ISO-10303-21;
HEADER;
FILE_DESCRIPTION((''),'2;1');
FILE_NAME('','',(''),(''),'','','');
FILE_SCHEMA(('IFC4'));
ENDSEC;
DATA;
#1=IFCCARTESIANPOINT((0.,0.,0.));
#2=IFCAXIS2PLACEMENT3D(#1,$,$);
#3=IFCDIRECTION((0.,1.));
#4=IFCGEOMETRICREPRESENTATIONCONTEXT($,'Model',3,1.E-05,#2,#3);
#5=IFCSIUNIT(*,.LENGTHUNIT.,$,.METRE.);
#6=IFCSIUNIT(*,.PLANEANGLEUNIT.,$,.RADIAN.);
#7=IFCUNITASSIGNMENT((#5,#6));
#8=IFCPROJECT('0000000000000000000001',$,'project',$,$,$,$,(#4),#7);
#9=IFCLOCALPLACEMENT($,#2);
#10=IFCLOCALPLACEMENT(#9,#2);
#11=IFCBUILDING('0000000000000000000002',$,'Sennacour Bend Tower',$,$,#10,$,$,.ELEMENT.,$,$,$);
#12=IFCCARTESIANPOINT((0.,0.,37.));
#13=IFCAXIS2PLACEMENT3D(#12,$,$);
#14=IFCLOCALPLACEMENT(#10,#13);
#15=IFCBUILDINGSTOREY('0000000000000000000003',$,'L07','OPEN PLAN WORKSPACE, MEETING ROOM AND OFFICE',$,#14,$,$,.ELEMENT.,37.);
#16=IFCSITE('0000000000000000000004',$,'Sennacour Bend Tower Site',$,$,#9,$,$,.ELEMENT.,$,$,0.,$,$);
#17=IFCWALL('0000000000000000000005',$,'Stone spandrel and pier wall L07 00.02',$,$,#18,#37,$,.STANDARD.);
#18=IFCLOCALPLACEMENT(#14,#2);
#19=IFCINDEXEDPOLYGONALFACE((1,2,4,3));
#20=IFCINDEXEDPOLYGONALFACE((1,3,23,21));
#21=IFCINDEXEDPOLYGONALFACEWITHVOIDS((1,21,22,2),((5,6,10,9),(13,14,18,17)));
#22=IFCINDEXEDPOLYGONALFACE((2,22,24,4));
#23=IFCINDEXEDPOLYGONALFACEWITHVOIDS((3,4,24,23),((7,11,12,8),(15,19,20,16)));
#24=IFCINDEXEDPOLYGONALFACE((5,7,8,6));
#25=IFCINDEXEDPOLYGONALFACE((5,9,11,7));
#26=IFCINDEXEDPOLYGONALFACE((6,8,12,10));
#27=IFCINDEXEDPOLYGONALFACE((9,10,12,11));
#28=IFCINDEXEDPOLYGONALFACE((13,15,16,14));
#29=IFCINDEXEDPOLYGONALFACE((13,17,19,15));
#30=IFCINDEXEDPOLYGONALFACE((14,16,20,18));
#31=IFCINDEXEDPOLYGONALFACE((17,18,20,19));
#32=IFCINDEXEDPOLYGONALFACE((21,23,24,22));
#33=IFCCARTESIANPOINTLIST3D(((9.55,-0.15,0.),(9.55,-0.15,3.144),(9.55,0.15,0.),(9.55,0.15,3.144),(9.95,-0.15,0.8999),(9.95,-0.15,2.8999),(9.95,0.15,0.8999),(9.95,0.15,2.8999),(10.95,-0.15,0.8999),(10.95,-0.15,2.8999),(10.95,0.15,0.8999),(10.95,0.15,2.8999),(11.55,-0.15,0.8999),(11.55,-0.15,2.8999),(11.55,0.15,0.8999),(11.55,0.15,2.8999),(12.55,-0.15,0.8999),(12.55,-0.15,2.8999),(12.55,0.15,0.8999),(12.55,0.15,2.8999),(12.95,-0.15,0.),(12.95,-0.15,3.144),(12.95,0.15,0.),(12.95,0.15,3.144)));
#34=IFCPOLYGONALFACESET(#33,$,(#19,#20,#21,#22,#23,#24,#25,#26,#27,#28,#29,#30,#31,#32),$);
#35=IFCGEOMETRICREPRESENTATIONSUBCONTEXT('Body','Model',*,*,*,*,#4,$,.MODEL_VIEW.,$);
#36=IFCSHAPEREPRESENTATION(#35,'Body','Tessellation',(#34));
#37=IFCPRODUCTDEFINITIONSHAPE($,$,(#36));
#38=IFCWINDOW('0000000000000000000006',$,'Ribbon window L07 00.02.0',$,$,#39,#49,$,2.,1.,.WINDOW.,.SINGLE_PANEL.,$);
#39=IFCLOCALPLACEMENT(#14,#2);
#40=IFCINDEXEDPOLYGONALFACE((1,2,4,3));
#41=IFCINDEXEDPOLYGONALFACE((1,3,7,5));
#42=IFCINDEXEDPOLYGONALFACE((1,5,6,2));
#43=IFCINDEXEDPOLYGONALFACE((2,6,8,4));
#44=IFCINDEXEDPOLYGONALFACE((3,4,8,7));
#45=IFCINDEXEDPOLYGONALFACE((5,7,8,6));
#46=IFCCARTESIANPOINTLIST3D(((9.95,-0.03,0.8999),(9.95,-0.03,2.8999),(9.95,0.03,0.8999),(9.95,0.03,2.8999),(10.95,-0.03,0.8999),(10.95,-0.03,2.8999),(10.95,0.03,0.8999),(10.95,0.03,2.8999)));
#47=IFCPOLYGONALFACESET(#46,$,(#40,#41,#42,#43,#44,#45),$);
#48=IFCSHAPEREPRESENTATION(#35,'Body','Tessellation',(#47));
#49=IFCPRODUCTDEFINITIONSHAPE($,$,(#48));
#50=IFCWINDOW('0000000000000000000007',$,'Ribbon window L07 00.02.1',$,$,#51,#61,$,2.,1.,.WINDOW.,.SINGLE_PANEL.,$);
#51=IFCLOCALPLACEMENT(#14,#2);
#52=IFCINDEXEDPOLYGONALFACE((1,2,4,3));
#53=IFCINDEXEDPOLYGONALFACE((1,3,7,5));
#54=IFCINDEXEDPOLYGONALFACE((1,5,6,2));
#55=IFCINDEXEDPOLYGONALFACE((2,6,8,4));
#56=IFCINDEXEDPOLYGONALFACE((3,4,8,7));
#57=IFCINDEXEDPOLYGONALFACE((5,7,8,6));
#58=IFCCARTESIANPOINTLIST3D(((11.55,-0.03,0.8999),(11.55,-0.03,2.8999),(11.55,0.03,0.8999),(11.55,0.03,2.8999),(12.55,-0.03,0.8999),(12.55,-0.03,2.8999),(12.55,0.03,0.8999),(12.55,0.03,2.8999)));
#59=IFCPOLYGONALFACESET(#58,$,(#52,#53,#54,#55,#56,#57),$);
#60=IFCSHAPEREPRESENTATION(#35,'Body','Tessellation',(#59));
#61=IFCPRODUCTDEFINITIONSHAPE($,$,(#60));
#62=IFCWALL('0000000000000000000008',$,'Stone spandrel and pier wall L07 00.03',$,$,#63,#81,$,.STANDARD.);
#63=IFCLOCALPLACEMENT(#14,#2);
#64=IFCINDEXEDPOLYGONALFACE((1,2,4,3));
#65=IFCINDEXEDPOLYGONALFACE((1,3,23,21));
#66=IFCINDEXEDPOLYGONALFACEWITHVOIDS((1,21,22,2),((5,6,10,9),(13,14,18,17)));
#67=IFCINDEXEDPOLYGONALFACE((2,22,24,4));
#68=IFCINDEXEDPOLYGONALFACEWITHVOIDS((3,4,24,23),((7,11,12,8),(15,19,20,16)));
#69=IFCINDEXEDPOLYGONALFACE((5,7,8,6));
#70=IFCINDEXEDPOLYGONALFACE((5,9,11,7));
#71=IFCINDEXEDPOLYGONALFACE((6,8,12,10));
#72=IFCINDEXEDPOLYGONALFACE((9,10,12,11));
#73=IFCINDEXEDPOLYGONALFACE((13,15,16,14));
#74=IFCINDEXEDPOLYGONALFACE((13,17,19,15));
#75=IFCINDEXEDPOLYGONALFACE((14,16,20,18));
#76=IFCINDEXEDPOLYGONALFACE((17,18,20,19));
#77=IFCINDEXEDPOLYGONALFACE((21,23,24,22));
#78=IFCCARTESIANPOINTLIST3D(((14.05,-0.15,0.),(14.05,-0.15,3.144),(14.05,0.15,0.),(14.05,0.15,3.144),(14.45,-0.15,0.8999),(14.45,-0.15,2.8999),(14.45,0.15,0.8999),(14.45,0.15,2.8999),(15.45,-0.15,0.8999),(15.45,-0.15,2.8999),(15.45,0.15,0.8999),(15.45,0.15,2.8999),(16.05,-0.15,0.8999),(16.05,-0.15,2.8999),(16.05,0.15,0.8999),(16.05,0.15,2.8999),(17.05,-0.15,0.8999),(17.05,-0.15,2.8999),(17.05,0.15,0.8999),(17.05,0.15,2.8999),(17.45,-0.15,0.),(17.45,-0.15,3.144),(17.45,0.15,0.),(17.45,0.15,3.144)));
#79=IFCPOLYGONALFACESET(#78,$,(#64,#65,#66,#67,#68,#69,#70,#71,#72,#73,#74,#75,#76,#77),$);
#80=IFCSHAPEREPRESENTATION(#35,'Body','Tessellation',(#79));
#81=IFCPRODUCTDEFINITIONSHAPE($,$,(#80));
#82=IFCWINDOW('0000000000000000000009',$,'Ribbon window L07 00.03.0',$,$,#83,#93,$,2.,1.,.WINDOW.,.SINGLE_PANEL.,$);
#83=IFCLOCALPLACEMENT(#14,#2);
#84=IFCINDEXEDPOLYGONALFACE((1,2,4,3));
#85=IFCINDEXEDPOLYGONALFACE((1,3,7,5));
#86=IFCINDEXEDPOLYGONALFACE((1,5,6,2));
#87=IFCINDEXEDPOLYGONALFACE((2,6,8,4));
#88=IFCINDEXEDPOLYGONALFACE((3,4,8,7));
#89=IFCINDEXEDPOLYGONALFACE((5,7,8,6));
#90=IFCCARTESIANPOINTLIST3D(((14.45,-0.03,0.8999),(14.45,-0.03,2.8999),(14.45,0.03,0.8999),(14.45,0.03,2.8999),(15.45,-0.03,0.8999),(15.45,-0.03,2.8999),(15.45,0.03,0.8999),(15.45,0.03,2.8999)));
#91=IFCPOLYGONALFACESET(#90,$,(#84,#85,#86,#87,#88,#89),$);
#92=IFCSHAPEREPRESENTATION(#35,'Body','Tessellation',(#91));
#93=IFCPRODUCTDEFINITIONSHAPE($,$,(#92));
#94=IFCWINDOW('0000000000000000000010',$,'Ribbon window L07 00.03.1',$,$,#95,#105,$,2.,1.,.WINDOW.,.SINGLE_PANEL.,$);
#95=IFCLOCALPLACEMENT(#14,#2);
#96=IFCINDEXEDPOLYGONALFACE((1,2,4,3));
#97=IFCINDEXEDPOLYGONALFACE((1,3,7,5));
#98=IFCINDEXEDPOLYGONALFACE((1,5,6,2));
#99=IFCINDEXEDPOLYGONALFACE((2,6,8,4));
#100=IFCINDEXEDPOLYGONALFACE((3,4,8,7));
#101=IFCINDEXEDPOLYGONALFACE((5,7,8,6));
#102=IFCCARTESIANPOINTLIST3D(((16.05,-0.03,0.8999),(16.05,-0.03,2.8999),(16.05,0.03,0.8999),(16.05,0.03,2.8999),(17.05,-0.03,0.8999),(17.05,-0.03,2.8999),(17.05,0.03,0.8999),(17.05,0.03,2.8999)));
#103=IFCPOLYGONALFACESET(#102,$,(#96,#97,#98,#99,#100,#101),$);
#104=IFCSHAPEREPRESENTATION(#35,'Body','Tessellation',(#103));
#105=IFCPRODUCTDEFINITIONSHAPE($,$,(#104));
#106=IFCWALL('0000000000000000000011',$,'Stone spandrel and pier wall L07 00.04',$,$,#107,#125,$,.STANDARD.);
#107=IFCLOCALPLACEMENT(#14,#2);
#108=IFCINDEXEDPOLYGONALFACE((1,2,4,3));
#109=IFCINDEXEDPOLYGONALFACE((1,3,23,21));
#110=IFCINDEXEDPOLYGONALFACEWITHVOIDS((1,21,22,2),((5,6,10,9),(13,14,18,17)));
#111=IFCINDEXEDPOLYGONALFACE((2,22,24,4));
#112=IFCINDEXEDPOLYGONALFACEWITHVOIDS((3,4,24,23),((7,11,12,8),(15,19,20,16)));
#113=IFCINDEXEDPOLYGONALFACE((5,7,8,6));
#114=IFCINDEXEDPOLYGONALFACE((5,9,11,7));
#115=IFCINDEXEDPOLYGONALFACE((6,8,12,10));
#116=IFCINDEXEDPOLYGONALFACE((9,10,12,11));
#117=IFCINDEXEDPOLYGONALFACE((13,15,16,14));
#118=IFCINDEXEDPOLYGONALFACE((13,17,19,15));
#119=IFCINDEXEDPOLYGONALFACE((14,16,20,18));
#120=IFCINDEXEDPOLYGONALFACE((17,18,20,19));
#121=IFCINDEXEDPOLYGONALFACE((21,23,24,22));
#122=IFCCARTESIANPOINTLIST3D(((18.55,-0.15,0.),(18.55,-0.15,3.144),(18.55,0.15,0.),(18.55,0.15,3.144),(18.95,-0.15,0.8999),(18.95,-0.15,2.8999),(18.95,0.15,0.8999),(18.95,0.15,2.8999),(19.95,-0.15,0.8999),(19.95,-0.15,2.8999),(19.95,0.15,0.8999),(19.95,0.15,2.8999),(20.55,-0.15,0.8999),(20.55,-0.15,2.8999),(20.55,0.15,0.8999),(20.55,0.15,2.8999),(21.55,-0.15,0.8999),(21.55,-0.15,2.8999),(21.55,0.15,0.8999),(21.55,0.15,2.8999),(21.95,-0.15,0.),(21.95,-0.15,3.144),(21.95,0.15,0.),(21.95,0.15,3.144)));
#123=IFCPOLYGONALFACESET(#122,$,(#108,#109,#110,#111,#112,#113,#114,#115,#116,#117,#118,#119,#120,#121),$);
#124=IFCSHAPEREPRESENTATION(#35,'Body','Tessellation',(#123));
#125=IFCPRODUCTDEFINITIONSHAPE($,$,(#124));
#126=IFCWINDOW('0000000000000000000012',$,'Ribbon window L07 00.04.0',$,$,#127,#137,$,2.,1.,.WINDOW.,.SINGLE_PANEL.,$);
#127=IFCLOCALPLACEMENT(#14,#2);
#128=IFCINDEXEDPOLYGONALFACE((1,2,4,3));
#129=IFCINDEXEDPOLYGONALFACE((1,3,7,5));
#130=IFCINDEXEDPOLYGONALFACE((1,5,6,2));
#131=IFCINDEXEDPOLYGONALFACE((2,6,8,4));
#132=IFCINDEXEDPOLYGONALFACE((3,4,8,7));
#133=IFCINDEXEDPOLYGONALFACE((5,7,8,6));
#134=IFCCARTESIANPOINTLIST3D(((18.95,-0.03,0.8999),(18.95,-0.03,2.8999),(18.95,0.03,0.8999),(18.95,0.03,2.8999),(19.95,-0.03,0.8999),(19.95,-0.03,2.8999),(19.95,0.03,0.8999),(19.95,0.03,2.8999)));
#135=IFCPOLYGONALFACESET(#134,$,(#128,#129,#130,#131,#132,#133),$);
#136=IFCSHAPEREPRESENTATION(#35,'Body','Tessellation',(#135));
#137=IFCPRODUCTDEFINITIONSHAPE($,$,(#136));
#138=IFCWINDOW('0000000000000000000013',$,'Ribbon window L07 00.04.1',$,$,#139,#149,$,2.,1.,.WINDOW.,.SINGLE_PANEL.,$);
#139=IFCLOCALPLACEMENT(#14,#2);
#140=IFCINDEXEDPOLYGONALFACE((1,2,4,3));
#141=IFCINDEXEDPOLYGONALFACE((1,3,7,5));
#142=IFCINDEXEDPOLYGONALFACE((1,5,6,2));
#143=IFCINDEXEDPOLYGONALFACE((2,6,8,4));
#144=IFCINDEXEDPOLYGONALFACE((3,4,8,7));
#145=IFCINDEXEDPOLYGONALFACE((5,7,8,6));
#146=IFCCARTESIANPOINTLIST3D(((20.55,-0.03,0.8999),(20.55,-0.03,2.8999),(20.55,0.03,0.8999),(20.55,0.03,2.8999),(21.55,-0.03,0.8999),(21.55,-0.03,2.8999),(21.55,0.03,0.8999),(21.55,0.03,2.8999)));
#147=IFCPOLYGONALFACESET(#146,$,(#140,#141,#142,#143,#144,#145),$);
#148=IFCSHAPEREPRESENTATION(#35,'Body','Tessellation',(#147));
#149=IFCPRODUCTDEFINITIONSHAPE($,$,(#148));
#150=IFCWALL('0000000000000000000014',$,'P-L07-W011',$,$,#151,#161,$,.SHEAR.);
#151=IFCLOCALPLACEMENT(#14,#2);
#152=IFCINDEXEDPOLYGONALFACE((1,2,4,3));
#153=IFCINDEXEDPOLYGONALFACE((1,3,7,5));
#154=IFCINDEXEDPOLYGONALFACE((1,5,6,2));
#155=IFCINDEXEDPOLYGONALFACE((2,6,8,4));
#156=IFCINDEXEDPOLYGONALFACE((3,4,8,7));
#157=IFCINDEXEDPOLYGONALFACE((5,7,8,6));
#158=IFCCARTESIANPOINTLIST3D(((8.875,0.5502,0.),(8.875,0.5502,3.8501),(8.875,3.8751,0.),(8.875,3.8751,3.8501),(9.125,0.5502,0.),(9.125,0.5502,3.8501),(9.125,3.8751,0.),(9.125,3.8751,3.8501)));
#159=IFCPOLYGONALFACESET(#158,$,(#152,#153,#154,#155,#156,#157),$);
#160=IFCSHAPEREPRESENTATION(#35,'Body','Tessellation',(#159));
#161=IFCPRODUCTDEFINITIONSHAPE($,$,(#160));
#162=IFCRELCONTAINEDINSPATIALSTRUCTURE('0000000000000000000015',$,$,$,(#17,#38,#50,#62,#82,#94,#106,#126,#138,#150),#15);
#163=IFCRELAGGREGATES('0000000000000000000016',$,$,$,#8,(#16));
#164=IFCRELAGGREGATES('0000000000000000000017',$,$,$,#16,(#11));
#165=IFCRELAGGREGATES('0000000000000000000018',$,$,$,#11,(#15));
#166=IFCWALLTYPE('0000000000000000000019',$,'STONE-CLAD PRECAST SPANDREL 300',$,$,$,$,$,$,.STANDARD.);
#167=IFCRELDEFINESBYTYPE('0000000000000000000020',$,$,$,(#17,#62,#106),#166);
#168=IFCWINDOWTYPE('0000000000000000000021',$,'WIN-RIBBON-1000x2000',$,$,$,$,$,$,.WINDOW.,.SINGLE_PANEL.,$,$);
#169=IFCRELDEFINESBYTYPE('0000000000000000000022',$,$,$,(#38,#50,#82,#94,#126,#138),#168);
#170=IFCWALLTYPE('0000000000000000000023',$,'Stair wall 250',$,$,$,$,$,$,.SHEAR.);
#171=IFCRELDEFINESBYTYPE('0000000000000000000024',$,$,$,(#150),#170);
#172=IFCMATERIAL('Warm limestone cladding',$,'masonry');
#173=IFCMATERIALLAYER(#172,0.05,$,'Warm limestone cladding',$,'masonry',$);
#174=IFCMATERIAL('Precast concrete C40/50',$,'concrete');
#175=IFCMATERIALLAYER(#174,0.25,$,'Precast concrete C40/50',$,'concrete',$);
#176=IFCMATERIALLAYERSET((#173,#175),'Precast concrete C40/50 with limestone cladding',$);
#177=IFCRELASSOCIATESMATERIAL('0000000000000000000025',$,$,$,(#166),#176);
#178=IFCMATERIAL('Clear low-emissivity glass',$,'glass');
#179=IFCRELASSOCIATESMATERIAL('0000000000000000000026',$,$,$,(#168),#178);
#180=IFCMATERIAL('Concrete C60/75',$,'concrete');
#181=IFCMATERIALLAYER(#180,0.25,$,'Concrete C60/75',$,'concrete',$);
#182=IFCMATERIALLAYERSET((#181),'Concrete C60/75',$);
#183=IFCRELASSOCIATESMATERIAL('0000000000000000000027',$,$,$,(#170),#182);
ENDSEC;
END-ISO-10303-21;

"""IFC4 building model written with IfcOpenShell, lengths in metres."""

from ifc_helpers import new_model, si_unit, direction, frame, frame_2d, origin, place, context, subcontext, project, spatial, rectangle, extrude, material, layer, layer_set, type_object, element, fill, save


model = new_model("IFC4")

# Units and contexts
model_context = context("Model", 3, precision=1e-05, world=origin(), true_north=direction((0.0, 1.0)))
body_context = subcontext(model_context, "Body", "Model", "MODEL_VIEW")
ifc_project = project(units=[si_unit("LENGTHUNIT", "METRE"), si_unit("PLANEANGLEUNIT", "RADIAN")], contexts=[model_context])

# Site, building, storey
site_placement = place(None, origin())
site = spatial("IfcSite", under=ifc_project, at=site_placement, Name="Sennacour Bend Tower Site", CompositionType="ELEMENT", RefElevation=0.0)
building_placement = place(site_placement, origin())
building = spatial("IfcBuilding", under=site, at=building_placement, Name="Sennacour Bend Tower", CompositionType="ELEMENT")
storey_placement = place(building_placement, frame((0.0, 0.0, 37.0)))
storey = spatial("IfcBuildingStorey", under=building, at=storey_placement, Name="L07", Description="OPEN PLAN WORKSPACE, MEETING ROOM AND OFFICE", CompositionType="ELEMENT", Elevation=37.0)

# Walls, openings, windows
ifc_material_1 = material(Name="Warm limestone cladding", Category="masonry")
ifc_layer_1 = layer(ifc_material_1, 0.05, Name="Warm limestone cladding", Category="masonry")
ifc_material_2 = material(Name="Precast concrete C40/50", Category="concrete")
ifc_layer_2 = layer(ifc_material_2, 0.25, Name="Precast concrete C40/50", Category="concrete")
ifc_layer_set_1 = layer_set([ifc_layer_1, ifc_layer_2], Name="Precast concrete C40/50 with limestone cladding")
wall_type_1 = type_object("IfcWallType", Name="STONE-CLAD PRECAST SPANDREL 300", PredefinedType="STANDARD", material=ifc_layer_set_1)
ifc_material_3 = material(Name="Clear low-emissivity glass", Category="glass")
window_type = type_object("IfcWindowType", Name="WIN-RIBBON-1000x2000", PartitioningType="SINGLE_PANEL", PredefinedType="WINDOW", material=ifc_material_3)
wall_1_placement = place(storey_placement, frame((9.55, 0.0, 0.0), z_axis=(0.0, 0.0, 1.0), x_axis=(1.0, 0.0, 0.0)))
wall_1 = element("IfcWall", 1, at=wall_1_placement, inside=storey, type_object=wall_type_1, Name="Stone spandrel and pier wall L07 00.02", PredefinedType="STANDARD", context=body_context, shape_type="SweptSolid", body=[
    extrude(rectangle(XDim=3.3999, YDim=0.3, at=frame_2d((1.7, 0.0))), origin(), (0.0, 0.0, 1.0), 3.144),
])
opening_1_placement = place(wall_1_placement, frame((0.3999, 0.0, 0.8999)))
opening_1 = element("IfcOpeningElement", 2, at=opening_1_placement, cuts=wall_1, PredefinedType="OPENING", context=body_context, shape_type="SweptSolid", body=[
    extrude(rectangle(XDim=1.0, YDim=2.0, at=frame_2d((0.5, 1.0))), frame((0.0, 0.1602, 0.0), z_axis=(0.0, -1.0, 0.0), x_axis=(1.0, 0.0, 0.0)), (0.0, 0.0, 1.0), 0.3201),
])
opening_2_placement = place(wall_1_placement, frame((2.0, 0.0, 0.8999)))
opening_2 = element("IfcOpeningElement", 3, at=opening_2_placement, cuts=wall_1, PredefinedType="OPENING", context=body_context, shape_type="SweptSolid", body=[
    extrude(rectangle(XDim=1.0, YDim=2.0, at=frame_2d((0.5, 1.0))), frame((0.0, 0.1602, 0.0), z_axis=(0.0, -1.0, 0.0), x_axis=(1.0, 0.0, 0.0)), (0.0, 0.0, 1.0), 0.3201),
])
window_1_placement = place(opening_1_placement, origin())
window_1 = element("IfcWindow", 4, at=window_1_placement, inside=storey, type_object=window_type, Name="Ribbon window L07 00.02.0", OverallHeight=2.0, OverallWidth=1.0, PartitioningType="SINGLE_PANEL", PredefinedType="WINDOW", context=body_context, shape_type="SweptSolid", body=[
    extrude(rectangle(XDim=1.0, YDim=2.0, at=frame_2d((0.5, 1.0))), frame((0.0, 0.03, 0.0), z_axis=(0.0, -1.0, 0.0), x_axis=(1.0, 0.0, 0.0)), (0.0, 0.0, 1.0), 0.0601),
])
fill(opening_1, window_1)
window_2_placement = place(opening_2_placement, origin())
window_2 = element("IfcWindow", 5, at=window_2_placement, inside=storey, type_object=window_type, Name="Ribbon window L07 00.02.1", OverallHeight=2.0, OverallWidth=1.0, PartitioningType="SINGLE_PANEL", PredefinedType="WINDOW", context=body_context, shape_type="SweptSolid", body=[
    extrude(rectangle(XDim=1.0, YDim=2.0, at=frame_2d((0.5, 1.0))), frame((0.0, 0.03, 0.0), z_axis=(0.0, -1.0, 0.0), x_axis=(1.0, 0.0, 0.0)), (0.0, 0.0, 1.0), 0.0601),
])
fill(opening_2, window_2)
wall_2_placement = place(storey_placement, frame((14.05, 0.0, 0.0), z_axis=(0.0, 0.0, 1.0), x_axis=(1.0, 0.0, 0.0)))
wall_2 = element("IfcWall", 6, at=wall_2_placement, inside=storey, type_object=wall_type_1, Name="Stone spandrel and pier wall L07 00.03", PredefinedType="STANDARD", context=body_context, shape_type="SweptSolid", body=[
    extrude(rectangle(XDim=3.3999, YDim=0.3, at=frame_2d((1.7, 0.0))), origin(), (0.0, 0.0, 1.0), 3.144),
])
opening_3_placement = place(wall_2_placement, frame((0.3999, 0.0, 0.8999)))
opening_3 = element("IfcOpeningElement", 7, at=opening_3_placement, cuts=wall_2, PredefinedType="OPENING", context=body_context, shape_type="SweptSolid", body=[
    extrude(rectangle(XDim=1.0, YDim=2.0, at=frame_2d((0.5, 1.0))), frame((0.0, 0.1602, 0.0), z_axis=(0.0, -1.0, 0.0), x_axis=(1.0, 0.0, 0.0)), (0.0, 0.0, 1.0), 0.3201),
])
opening_4_placement = place(wall_2_placement, frame((2.0, 0.0, 0.8999)))
opening_4 = element("IfcOpeningElement", 8, at=opening_4_placement, cuts=wall_2, PredefinedType="OPENING", context=body_context, shape_type="SweptSolid", body=[
    extrude(rectangle(XDim=1.0, YDim=2.0, at=frame_2d((0.5, 1.0))), frame((0.0, 0.1602, 0.0), z_axis=(0.0, -1.0, 0.0), x_axis=(1.0, 0.0, 0.0)), (0.0, 0.0, 1.0), 0.3201),
])
window_3_placement = place(opening_3_placement, origin())
window_3 = element("IfcWindow", 9, at=window_3_placement, inside=storey, type_object=window_type, Name="Ribbon window L07 00.03.0", OverallHeight=2.0, OverallWidth=1.0, PartitioningType="SINGLE_PANEL", PredefinedType="WINDOW", context=body_context, shape_type="SweptSolid", body=[
    extrude(rectangle(XDim=1.0, YDim=2.0, at=frame_2d((0.5, 1.0))), frame((0.0, 0.03, 0.0), z_axis=(0.0, -1.0, 0.0), x_axis=(1.0, 0.0, 0.0)), (0.0, 0.0, 1.0), 0.0601),
])
fill(opening_3, window_3)
window_4_placement = place(opening_4_placement, origin())
window_4 = element("IfcWindow", 10, at=window_4_placement, inside=storey, type_object=window_type, Name="Ribbon window L07 00.03.1", OverallHeight=2.0, OverallWidth=1.0, PartitioningType="SINGLE_PANEL", PredefinedType="WINDOW", context=body_context, shape_type="SweptSolid", body=[
    extrude(rectangle(XDim=1.0, YDim=2.0, at=frame_2d((0.5, 1.0))), frame((0.0, 0.03, 0.0), z_axis=(0.0, -1.0, 0.0), x_axis=(1.0, 0.0, 0.0)), (0.0, 0.0, 1.0), 0.0601),
])
fill(opening_4, window_4)
wall_3_placement = place(storey_placement, frame((18.55, 0.0, 0.0), z_axis=(0.0, 0.0, 1.0), x_axis=(1.0, 0.0, 0.0)))
wall_3 = element("IfcWall", 11, at=wall_3_placement, inside=storey, type_object=wall_type_1, Name="Stone spandrel and pier wall L07 00.04", PredefinedType="STANDARD", context=body_context, shape_type="SweptSolid", body=[
    extrude(rectangle(XDim=3.3999, YDim=0.3, at=frame_2d((1.7, 0.0))), origin(), (0.0, 0.0, 1.0), 3.144),
])
opening_5_placement = place(wall_3_placement, frame((0.3999, 0.0, 0.8999)))
opening_5 = element("IfcOpeningElement", 12, at=opening_5_placement, cuts=wall_3, PredefinedType="OPENING", context=body_context, shape_type="SweptSolid", body=[
    extrude(rectangle(XDim=1.0, YDim=2.0, at=frame_2d((0.5, 1.0))), frame((0.0, 0.1602, 0.0), z_axis=(0.0, -1.0, 0.0), x_axis=(1.0, 0.0, 0.0)), (0.0, 0.0, 1.0), 0.3201),
])
opening_6_placement = place(wall_3_placement, frame((2.0, 0.0, 0.8999)))
opening_6 = element("IfcOpeningElement", 13, at=opening_6_placement, cuts=wall_3, PredefinedType="OPENING", context=body_context, shape_type="SweptSolid", body=[
    extrude(rectangle(XDim=1.0, YDim=2.0, at=frame_2d((0.5, 1.0))), frame((0.0, 0.1602, 0.0), z_axis=(0.0, -1.0, 0.0), x_axis=(1.0, 0.0, 0.0)), (0.0, 0.0, 1.0), 0.3201),
])
window_5_placement = place(opening_5_placement, origin())
window_5 = element("IfcWindow", 14, at=window_5_placement, inside=storey, type_object=window_type, Name="Ribbon window L07 00.04.0", OverallHeight=2.0, OverallWidth=1.0, PartitioningType="SINGLE_PANEL", PredefinedType="WINDOW", context=body_context, shape_type="SweptSolid", body=[
    extrude(rectangle(XDim=1.0, YDim=2.0, at=frame_2d((0.5, 1.0))), frame((0.0, 0.03, 0.0), z_axis=(0.0, -1.0, 0.0), x_axis=(1.0, 0.0, 0.0)), (0.0, 0.0, 1.0), 0.0601),
])
fill(opening_5, window_5)
window_6_placement = place(opening_6_placement, origin())
window_6 = element("IfcWindow", 15, at=window_6_placement, inside=storey, type_object=window_type, Name="Ribbon window L07 00.04.1", OverallHeight=2.0, OverallWidth=1.0, PartitioningType="SINGLE_PANEL", PredefinedType="WINDOW", context=body_context, shape_type="SweptSolid", body=[
    extrude(rectangle(XDim=1.0, YDim=2.0, at=frame_2d((0.5, 1.0))), frame((0.0, 0.03, 0.0), z_axis=(0.0, -1.0, 0.0), x_axis=(1.0, 0.0, 0.0)), (0.0, 0.0, 1.0), 0.0601),
])
fill(opening_6, window_6)

# Wall
ifc_material_4 = material(Name="Concrete C60/75", Category="concrete")
ifc_layer_3 = layer(ifc_material_4, 0.25, Name="Concrete C60/75", Category="concrete")
ifc_layer_set_2 = layer_set([ifc_layer_3], Name="Concrete C60/75")
wall_type_2 = type_object("IfcWallType", Name="Stair wall 250", PredefinedType="SHEAR", material=ifc_layer_set_2)
wall_4_placement = place(storey_placement, frame((9.0, 0.55, 0.0), z_axis=(0.0, 0.0, 1.0), x_axis=(0.0, 1.0, 0.0)))
element("IfcWall", 16, at=wall_4_placement, inside=storey, type_object=wall_type_2, Name="P-L07-W011", PredefinedType="SHEAR", context=body_context, shape_type="SweptSolid", body=[
    extrude(rectangle(XDim=3.325, YDim=0.25, at=frame_2d((1.6626, 0.0))), origin(), (0.0, 0.0, 1.0), 3.8501),
])

save(model, "model.ifc")
